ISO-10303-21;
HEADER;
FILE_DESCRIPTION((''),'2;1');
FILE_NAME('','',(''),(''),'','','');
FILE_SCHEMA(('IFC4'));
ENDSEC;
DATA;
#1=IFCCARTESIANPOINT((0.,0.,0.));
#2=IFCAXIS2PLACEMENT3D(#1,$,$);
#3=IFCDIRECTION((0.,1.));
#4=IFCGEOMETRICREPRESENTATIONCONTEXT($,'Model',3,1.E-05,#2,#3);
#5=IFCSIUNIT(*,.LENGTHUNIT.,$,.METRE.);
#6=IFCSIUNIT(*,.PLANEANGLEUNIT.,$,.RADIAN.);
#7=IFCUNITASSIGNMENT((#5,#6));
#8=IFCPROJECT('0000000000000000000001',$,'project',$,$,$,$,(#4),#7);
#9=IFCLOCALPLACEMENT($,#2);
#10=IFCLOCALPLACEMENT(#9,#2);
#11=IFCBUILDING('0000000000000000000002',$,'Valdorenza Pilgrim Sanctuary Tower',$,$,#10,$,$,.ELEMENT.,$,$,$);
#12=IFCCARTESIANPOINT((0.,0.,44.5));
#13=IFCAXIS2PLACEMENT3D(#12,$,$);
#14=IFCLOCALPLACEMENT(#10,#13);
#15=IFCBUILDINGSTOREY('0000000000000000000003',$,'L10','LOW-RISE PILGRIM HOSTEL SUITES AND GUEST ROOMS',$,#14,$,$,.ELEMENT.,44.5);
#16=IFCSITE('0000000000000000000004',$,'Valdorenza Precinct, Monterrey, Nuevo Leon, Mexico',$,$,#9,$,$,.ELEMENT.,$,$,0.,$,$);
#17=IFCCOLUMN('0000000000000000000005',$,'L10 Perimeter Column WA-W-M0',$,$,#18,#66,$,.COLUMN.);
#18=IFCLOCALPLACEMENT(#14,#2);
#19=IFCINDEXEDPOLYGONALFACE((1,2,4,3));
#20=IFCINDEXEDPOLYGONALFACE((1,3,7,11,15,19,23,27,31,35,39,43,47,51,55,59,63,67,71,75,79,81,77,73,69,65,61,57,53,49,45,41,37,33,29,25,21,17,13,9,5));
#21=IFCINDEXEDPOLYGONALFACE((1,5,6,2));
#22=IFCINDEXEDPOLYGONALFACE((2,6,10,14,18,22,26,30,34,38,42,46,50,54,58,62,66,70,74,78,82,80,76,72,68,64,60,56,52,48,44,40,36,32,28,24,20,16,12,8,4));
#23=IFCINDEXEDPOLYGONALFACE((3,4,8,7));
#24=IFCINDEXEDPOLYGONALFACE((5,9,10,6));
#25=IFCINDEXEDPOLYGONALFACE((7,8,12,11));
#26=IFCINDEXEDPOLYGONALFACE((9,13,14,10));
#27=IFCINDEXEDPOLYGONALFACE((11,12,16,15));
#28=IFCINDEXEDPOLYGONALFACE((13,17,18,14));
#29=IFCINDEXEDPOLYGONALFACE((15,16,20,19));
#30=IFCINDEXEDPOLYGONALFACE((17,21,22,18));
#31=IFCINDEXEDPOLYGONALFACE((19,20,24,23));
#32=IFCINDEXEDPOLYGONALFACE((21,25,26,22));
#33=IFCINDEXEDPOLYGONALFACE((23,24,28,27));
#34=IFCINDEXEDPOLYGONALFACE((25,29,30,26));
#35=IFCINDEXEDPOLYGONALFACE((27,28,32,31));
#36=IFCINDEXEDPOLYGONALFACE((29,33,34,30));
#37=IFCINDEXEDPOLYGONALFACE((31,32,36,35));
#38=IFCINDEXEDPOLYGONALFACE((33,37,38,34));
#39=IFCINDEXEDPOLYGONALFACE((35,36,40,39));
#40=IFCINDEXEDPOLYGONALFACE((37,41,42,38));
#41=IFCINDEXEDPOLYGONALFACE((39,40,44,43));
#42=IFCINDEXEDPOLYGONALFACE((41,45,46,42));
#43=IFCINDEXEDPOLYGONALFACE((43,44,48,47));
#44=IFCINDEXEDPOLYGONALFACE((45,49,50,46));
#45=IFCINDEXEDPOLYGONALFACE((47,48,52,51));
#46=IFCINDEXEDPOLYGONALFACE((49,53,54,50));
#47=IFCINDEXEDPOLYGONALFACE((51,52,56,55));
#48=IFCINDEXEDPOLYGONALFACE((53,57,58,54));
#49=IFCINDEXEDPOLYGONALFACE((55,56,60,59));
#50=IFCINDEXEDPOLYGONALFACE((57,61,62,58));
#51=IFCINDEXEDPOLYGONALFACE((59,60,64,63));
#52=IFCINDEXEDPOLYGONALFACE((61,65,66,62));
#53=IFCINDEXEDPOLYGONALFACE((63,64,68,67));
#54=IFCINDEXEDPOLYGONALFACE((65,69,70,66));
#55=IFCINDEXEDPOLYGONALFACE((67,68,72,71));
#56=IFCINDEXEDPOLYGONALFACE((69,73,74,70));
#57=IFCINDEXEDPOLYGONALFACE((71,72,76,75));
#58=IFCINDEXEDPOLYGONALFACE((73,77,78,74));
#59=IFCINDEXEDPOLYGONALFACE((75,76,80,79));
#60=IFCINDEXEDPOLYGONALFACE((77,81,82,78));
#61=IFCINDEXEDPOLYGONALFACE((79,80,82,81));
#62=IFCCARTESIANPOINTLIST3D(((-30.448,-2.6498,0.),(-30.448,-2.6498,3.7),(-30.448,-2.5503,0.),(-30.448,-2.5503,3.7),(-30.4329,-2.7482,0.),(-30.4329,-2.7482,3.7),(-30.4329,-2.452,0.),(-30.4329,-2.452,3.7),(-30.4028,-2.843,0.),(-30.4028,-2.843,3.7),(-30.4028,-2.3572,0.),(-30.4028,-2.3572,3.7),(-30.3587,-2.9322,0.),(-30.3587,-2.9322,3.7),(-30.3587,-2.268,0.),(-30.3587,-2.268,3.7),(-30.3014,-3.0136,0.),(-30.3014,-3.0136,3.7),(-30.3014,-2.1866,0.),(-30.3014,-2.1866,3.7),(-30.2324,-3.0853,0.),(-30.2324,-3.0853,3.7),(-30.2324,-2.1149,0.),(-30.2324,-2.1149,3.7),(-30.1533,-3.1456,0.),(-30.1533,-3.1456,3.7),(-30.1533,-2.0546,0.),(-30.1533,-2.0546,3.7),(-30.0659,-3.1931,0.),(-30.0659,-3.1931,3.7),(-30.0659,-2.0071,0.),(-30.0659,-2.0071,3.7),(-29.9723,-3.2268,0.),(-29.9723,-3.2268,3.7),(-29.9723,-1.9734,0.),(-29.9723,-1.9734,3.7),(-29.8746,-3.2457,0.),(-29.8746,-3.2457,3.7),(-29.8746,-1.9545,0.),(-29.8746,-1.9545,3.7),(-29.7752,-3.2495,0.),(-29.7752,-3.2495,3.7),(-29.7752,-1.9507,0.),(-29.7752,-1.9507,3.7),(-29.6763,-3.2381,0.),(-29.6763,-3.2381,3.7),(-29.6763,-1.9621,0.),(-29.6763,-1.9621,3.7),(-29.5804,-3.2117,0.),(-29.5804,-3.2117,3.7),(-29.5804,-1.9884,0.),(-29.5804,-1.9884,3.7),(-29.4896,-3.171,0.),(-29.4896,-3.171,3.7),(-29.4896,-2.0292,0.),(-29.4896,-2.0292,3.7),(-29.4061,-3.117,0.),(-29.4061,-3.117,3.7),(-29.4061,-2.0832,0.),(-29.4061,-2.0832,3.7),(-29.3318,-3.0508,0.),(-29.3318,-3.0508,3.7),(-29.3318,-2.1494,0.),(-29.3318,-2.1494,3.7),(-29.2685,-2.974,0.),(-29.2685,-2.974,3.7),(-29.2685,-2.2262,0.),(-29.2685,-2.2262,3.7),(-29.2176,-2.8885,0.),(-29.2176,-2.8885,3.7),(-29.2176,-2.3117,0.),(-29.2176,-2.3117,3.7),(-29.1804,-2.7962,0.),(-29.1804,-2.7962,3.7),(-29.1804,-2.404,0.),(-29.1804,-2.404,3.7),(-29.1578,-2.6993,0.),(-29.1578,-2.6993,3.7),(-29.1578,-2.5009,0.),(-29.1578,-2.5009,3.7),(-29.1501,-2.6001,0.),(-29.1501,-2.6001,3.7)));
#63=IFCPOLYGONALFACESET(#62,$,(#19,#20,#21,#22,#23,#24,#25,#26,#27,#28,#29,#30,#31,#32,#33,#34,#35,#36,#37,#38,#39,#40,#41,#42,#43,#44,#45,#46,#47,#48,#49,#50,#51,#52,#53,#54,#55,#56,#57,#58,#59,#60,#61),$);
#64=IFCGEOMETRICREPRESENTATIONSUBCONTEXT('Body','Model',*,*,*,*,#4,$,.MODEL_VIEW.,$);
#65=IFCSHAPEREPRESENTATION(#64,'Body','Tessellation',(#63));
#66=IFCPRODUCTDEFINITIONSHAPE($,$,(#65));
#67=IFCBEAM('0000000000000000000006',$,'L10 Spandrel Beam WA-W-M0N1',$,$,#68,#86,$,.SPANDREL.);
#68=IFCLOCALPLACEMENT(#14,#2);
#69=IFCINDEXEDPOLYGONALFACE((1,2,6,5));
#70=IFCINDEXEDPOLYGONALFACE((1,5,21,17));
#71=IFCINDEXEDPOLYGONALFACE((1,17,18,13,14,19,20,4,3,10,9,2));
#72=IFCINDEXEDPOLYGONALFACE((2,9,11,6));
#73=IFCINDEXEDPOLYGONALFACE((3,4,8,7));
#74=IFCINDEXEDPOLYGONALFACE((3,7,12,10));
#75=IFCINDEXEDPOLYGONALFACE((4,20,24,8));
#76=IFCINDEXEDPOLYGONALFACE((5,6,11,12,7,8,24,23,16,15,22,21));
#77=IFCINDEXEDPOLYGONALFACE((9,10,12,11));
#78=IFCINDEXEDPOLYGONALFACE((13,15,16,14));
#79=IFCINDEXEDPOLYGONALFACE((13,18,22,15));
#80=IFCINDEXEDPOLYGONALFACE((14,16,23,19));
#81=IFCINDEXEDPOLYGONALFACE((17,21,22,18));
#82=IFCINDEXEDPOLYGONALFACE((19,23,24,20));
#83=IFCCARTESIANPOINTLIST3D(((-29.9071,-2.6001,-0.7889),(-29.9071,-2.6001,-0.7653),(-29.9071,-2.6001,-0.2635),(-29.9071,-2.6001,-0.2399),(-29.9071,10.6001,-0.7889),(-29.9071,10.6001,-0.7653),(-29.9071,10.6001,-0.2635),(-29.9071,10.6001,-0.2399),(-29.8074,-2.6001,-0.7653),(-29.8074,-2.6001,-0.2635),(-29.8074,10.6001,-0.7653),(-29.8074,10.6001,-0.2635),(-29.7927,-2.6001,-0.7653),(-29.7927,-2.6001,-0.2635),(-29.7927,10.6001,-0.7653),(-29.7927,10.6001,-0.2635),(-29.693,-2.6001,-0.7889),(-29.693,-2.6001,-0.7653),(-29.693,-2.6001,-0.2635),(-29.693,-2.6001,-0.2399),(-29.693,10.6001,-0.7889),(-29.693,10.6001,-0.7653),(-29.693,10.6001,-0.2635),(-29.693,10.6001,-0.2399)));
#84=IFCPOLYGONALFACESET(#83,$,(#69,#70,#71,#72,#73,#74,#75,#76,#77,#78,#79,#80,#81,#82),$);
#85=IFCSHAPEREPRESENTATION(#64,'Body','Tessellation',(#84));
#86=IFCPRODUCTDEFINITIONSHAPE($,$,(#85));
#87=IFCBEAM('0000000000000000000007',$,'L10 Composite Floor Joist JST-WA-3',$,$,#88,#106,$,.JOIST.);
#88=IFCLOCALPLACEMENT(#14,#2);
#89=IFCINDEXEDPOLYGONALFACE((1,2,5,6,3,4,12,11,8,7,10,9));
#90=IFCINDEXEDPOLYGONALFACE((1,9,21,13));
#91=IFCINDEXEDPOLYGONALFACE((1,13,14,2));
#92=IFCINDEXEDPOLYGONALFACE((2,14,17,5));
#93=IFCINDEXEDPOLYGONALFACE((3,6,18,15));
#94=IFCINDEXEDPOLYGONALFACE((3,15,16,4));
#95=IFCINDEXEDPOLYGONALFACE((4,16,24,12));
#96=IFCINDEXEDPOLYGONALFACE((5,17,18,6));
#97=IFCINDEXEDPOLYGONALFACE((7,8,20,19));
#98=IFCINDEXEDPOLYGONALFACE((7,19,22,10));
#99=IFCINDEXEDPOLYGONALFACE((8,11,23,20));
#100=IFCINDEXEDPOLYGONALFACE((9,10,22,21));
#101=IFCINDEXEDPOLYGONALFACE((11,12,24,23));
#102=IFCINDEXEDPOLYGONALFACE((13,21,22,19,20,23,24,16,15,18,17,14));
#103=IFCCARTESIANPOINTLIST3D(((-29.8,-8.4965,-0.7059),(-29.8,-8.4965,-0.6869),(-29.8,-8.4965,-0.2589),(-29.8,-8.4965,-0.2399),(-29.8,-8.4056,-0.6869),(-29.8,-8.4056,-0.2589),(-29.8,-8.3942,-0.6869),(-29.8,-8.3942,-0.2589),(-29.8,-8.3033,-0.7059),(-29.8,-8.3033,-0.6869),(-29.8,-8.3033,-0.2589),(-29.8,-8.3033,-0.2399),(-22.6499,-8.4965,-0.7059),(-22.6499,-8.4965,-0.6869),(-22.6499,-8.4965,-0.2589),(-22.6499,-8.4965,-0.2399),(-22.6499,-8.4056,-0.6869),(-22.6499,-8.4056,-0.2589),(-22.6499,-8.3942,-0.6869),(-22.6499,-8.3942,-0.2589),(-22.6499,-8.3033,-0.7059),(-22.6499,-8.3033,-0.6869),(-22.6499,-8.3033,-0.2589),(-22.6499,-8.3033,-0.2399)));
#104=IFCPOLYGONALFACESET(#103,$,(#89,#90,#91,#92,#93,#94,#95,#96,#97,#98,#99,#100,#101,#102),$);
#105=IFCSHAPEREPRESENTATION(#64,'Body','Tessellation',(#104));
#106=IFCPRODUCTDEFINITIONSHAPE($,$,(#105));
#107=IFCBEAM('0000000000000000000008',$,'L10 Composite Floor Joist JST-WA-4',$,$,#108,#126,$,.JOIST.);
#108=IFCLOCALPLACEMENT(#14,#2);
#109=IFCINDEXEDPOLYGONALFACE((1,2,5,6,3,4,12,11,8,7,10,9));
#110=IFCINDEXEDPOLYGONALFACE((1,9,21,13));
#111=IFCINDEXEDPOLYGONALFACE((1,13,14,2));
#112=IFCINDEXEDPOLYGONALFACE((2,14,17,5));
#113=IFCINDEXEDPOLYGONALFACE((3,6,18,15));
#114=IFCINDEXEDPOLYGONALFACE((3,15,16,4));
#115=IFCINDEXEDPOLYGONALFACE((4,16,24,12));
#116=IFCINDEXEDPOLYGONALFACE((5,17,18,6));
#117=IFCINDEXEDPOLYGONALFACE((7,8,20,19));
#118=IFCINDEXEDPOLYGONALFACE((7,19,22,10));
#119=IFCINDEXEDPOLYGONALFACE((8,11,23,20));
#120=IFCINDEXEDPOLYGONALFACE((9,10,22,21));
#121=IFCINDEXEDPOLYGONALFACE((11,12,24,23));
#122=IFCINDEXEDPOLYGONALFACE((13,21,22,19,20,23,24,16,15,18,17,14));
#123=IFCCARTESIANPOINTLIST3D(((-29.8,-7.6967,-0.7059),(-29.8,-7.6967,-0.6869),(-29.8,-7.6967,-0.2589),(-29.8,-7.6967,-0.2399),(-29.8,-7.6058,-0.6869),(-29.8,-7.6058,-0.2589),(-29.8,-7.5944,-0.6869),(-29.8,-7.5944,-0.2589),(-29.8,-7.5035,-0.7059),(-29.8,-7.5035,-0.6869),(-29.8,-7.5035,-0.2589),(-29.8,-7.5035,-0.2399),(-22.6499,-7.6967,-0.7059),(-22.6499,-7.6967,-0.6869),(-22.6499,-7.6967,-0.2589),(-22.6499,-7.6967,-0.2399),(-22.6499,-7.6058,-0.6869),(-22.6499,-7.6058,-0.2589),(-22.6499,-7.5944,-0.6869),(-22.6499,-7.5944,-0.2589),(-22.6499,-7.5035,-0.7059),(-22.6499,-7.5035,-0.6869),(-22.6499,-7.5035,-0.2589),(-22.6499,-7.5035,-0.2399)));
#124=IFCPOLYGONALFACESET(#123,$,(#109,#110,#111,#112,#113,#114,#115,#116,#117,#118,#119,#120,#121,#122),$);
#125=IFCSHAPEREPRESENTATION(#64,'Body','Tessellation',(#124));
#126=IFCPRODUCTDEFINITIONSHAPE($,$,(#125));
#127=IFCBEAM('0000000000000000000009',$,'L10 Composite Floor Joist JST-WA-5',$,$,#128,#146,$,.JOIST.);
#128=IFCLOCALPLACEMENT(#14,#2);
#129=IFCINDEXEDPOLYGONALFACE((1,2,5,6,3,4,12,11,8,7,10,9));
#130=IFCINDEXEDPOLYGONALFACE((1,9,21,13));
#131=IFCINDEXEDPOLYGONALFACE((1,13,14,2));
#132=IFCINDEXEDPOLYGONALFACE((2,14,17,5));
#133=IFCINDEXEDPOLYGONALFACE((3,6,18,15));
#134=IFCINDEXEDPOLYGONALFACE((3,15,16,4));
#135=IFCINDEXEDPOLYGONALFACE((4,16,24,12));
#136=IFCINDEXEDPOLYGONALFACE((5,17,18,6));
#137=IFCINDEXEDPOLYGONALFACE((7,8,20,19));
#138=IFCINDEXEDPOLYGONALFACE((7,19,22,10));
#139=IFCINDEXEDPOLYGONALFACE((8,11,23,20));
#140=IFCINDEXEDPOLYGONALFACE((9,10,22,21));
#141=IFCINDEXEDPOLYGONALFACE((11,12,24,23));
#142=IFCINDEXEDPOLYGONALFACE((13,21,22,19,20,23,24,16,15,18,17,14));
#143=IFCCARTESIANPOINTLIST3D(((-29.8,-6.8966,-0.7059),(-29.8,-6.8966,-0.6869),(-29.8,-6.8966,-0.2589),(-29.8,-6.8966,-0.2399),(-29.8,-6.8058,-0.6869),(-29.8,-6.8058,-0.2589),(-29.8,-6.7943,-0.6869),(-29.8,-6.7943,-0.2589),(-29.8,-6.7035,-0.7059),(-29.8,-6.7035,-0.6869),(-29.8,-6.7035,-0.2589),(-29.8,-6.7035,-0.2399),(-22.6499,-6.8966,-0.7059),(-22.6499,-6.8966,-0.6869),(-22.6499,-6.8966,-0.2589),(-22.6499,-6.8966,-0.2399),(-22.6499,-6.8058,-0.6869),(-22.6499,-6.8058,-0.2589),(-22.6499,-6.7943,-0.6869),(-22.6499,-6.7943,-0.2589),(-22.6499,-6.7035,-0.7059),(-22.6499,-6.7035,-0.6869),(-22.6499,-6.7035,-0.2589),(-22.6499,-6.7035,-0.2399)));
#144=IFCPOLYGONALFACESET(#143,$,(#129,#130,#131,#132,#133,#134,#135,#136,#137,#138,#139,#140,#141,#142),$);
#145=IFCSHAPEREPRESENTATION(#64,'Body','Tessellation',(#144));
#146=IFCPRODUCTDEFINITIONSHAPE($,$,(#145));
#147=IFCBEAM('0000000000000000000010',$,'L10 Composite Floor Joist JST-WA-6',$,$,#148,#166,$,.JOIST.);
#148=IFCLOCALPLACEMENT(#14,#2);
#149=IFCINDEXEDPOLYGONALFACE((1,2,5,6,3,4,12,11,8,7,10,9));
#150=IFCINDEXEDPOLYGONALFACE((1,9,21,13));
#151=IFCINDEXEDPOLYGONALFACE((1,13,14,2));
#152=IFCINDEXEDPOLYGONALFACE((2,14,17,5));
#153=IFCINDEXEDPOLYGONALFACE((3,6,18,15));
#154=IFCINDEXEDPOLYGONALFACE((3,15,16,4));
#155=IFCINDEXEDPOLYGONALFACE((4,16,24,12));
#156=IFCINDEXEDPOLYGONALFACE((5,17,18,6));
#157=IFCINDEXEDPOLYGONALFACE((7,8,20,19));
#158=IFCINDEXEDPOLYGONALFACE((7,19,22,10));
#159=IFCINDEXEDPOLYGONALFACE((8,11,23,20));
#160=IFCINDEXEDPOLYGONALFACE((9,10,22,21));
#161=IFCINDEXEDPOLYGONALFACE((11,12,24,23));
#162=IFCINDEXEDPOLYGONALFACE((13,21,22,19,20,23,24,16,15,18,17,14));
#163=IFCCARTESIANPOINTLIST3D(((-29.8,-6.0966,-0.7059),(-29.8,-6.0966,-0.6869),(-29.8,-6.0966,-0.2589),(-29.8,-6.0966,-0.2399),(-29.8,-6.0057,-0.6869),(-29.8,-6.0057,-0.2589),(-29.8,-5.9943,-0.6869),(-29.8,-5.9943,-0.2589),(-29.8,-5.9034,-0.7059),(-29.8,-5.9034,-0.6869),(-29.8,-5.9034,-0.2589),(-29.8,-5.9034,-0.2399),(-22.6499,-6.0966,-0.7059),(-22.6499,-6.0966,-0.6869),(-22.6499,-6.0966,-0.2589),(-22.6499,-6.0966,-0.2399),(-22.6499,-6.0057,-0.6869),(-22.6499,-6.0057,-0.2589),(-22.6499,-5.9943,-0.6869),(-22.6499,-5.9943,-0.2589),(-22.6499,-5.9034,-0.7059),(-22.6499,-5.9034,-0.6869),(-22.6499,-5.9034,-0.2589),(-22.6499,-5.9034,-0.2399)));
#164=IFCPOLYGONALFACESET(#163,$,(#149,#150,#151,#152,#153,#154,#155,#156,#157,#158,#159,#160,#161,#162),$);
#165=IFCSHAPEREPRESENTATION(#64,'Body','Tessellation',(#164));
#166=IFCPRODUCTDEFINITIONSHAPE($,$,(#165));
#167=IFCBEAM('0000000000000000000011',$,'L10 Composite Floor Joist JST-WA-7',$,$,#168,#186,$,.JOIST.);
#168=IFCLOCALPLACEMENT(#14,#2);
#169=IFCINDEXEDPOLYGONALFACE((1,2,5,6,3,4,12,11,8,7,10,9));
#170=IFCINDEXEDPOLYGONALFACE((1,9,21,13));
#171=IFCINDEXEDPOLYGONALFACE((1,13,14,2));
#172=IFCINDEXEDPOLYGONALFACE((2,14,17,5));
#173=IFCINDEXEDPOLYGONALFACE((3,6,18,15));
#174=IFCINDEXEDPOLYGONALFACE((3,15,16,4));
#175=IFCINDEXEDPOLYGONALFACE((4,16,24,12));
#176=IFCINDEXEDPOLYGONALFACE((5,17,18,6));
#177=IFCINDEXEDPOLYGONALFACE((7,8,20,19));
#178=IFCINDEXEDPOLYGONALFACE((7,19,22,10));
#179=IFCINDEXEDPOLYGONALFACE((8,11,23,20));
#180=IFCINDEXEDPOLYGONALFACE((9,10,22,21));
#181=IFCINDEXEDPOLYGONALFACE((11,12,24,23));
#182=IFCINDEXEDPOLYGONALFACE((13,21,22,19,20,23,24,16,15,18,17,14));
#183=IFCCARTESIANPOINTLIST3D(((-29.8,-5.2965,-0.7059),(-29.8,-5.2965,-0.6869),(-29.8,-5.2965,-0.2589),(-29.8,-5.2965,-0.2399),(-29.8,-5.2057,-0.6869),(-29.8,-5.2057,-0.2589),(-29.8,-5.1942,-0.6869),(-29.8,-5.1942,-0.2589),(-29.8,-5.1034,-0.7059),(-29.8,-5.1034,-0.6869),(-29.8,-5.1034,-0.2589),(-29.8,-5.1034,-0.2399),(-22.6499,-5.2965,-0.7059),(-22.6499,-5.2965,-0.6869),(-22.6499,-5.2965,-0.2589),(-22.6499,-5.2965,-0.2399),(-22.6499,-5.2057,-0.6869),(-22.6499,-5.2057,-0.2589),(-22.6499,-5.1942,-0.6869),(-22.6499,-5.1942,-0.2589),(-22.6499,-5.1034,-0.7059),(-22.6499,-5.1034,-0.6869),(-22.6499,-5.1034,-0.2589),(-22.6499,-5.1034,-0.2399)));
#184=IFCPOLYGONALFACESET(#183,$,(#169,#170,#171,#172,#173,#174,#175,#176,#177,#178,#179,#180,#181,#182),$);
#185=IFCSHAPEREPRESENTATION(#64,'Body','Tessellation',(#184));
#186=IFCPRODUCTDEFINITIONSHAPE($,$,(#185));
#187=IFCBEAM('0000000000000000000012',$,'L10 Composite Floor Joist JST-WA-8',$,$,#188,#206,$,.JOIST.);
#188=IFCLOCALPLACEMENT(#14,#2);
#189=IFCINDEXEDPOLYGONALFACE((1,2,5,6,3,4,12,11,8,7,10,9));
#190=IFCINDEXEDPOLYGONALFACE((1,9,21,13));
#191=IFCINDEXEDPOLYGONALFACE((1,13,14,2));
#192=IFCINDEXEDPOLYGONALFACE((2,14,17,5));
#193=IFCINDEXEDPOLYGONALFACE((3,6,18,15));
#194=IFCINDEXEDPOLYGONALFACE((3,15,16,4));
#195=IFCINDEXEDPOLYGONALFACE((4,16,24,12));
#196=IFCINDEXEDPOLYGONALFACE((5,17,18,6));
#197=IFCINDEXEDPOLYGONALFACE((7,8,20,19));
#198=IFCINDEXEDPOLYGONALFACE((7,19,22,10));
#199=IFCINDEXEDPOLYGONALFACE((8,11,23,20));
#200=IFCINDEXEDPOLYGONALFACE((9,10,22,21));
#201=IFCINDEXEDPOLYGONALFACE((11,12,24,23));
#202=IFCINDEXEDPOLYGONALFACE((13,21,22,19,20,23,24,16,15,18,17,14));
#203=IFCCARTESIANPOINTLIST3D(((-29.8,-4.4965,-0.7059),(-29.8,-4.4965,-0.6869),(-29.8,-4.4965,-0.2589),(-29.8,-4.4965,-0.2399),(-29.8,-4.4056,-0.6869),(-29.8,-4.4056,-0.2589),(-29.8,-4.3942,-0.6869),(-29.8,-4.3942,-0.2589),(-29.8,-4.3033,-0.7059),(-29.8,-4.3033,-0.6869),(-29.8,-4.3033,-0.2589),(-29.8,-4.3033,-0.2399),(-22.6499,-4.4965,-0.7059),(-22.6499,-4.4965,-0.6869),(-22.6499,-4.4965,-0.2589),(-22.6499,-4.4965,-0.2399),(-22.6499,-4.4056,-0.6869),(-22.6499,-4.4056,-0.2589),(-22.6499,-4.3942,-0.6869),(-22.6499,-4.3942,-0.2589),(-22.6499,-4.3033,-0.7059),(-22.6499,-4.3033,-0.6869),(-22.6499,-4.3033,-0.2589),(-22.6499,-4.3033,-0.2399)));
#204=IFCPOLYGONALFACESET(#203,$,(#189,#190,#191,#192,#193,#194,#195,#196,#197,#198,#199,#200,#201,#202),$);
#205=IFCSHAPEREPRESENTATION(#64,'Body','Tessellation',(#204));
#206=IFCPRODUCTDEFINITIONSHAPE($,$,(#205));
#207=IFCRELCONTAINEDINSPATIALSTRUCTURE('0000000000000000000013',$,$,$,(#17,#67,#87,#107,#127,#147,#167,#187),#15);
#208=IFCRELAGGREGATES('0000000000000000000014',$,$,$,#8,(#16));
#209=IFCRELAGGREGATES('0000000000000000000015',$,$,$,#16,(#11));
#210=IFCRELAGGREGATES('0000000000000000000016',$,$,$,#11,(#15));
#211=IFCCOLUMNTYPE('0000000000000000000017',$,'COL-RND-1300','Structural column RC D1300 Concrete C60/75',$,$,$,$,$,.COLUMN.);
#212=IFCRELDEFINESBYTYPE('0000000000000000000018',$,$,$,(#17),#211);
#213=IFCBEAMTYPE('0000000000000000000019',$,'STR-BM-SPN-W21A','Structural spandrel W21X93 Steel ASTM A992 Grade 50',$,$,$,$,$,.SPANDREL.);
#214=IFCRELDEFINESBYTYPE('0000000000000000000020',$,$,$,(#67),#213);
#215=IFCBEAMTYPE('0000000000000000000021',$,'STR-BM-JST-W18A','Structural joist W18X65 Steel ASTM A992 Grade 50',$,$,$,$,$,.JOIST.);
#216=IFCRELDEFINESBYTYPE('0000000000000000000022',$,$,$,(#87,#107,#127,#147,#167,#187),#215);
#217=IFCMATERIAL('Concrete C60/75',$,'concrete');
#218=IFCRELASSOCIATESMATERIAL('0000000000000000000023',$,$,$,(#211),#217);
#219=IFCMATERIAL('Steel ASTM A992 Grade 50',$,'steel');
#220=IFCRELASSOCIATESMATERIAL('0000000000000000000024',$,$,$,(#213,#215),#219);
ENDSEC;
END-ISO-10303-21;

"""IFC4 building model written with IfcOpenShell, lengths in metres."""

from ifc_helpers import new_model, si_unit, direction, frame, origin, origin_2d, place, context, subcontext, project, spatial, circle, i_section, extrude, source, transform, mapped, material, material_profile, profile_set, type_object, element, save


model = new_model("IFC4")

# Units and contexts
model_context = context("Model", 3, precision=1e-05, world=origin(), true_north=direction((0.0, 1.0)))
body_context = subcontext(model_context, "Body", "Model", "MODEL_VIEW")
ifc_project = project(units=[si_unit("LENGTHUNIT", "METRE"), si_unit("PLANEANGLEUNIT", "RADIAN")], contexts=[model_context])

# Site, building, storey
site_placement = place(None, origin())
site = spatial("IfcSite", under=ifc_project, at=site_placement, Name="Valdorenza Precinct, Monterrey, Nuevo Leon, Mexico", CompositionType="ELEMENT", RefElevation=0.0)
building_placement = place(site_placement, origin())
building = spatial("IfcBuilding", under=site, at=building_placement, Name="Valdorenza Pilgrim Sanctuary Tower", CompositionType="ELEMENT")
storey_placement = place(building_placement, frame((0.0, 0.0, 44.5)))
storey = spatial("IfcBuildingStorey", under=building, at=storey_placement, Name="L10", Description="LOW-RISE PILGRIM HOSTEL SUITES AND GUEST ROOMS", CompositionType="ELEMENT", Elevation=44.5)

# Column
ifc_material_1 = material(Name="Concrete C60/75", Category="concrete")
ifc_material_profile_1 = material_profile(ifc_material_1, circle(Radius=0.6499, at=origin_2d()), Name="RC D1300")
ifc_profile_set_1 = profile_set([ifc_material_profile_1], Name="Concrete C60/75")
column_type = type_object("IfcColumnType", Name="COL-RND-1300", Description="Structural column RC D1300 Concrete C60/75", PredefinedType="COLUMN", material=ifc_profile_set_1)
shared_shape_1 = source(origin(), body_context, "Body", "SweptSolid", [
    extrude(circle(Radius=0.6499, at=origin_2d()), origin(), (0.0, 0.0, 1.0), 3.7),
])
column_placement = place(storey_placement, frame((-29.8, -2.6001, 0.0), z_axis=(0.0, 0.0, 1.0), x_axis=(1.0, 0.0, 0.0)))
element("IfcColumn", 1, at=column_placement, inside=storey, type_object=column_type, Name="L10 Perimeter Column WA-W-M0", PredefinedType="COLUMN", context=body_context, shape_type="MappedRepresentation", body=[
    mapped(shared_shape_1, transform((0.0, 0.0, 0.0), x_axis=(1.0, 0.0, 0.0), y_axis=(0.0, 1.0, 0.0), z_axis=(0.0, 0.0, 1.0), scale=1.0)),
])

# Beams
ifc_material_2 = material(Name="Steel ASTM A992 Grade 50", Category="steel")
ifc_material_profile_2 = material_profile(ifc_material_2, i_section(OverallWidth=0.2141, OverallDepth=0.5491, WebThickness=0.0146, FlangeThickness=0.0237, at=origin_2d()), Name="W21X93")
ifc_profile_set_2 = profile_set([ifc_material_profile_2], Name="Steel ASTM A992 Grade 50")
beam_type_1 = type_object("IfcBeamType", Name="STR-BM-SPN-W21A", Description="Structural spandrel W21X93 Steel ASTM A992 Grade 50", PredefinedType="SPANDREL", material=ifc_profile_set_2)
shared_shape_2 = source(origin(), body_context, "Body", "SweptSolid", [
    extrude(i_section(OverallWidth=0.2141, OverallDepth=0.5491, WebThickness=0.0146, FlangeThickness=0.0237, at=origin_2d()), origin(), (0.0, 0.0, 1.0), 13.2002),
])
beam_1_placement = place(storey_placement, frame((-29.8, -2.6001, -0.5144), z_axis=(0.0, 1.0, 0.0), x_axis=(-1.0, 0.0, 0.0)))
element("IfcBeam", 2, at=beam_1_placement, inside=storey, type_object=beam_type_1, Name="L10 Spandrel Beam WA-W-M0N1", PredefinedType="SPANDREL", context=body_context, shape_type="MappedRepresentation", body=[
    mapped(shared_shape_2, transform((0.0, 0.0, 0.0), x_axis=(1.0, 0.0, 0.0), y_axis=(0.0, 1.0, 0.0), z_axis=(0.0, 0.0, 1.0), scale=1.0)),
])
ifc_material_profile_3 = material_profile(ifc_material_2, i_section(OverallWidth=0.1931, OverallDepth=0.4661, WebThickness=0.0115, FlangeThickness=0.019, at=origin_2d()), Name="W18X65")
ifc_profile_set_3 = profile_set([ifc_material_profile_3], Name="Steel ASTM A992 Grade 50")
beam_type_2 = type_object("IfcBeamType", Name="STR-BM-JST-W18A", Description="Structural joist W18X65 Steel ASTM A992 Grade 50", PredefinedType="JOIST", material=ifc_profile_set_3)
shared_shape_3 = source(origin(), body_context, "Body", "SweptSolid", [
    extrude(i_section(OverallWidth=0.1931, OverallDepth=0.4661, WebThickness=0.0115, FlangeThickness=0.019, at=origin_2d()), origin(), (0.0, 0.0, 1.0), 7.1501),
])
for number, where, z_axis, x_axis, name in (
    (3, (-29.8, -8.3999, -0.4729), (1.0, 0.0, 0.0), (0.0, 1.0, 0.0), "L10 Composite Floor Joist JST-WA-3"),
    (4, (-29.8, -7.6001, -0.4729), (1.0, 0.0, 0.0), (0.0, 1.0, 0.0), "L10 Composite Floor Joist JST-WA-4"),
    (5, (-29.8, -6.8, -0.4729), (1.0, 0.0, 0.0), (0.0, 1.0, 0.0), "L10 Composite Floor Joist JST-WA-5"),
    (6, (-29.8, -6.0, -0.4729), (1.0, 0.0, 0.0), (0.0, 1.0, 0.0), "L10 Composite Floor Joist JST-WA-6"),
    (7, (-29.8, -5.2, -0.4729), (1.0, 0.0, 0.0), (0.0, 1.0, 0.0), "L10 Composite Floor Joist JST-WA-7"),
    (8, (-29.8, -4.3999, -0.4729), (1.0, 0.0, 0.0), (0.0, 1.0, 0.0), "L10 Composite Floor Joist JST-WA-8"),
):
    element("IfcBeam", number, at=place(storey_placement, frame(where, z_axis=z_axis, x_axis=x_axis)), inside=storey, type_object=beam_type_2, Name=name, PredefinedType="JOIST", context=body_context, shape_type="MappedRepresentation", body=[
        mapped(shared_shape_3, transform((0.0, 0.0, 0.0), x_axis=(1.0, 0.0, 0.0), y_axis=(0.0, 1.0, 0.0), z_axis=(0.0, 0.0, 1.0), scale=1.0)),
    ])

save(model, "model.ifc")
